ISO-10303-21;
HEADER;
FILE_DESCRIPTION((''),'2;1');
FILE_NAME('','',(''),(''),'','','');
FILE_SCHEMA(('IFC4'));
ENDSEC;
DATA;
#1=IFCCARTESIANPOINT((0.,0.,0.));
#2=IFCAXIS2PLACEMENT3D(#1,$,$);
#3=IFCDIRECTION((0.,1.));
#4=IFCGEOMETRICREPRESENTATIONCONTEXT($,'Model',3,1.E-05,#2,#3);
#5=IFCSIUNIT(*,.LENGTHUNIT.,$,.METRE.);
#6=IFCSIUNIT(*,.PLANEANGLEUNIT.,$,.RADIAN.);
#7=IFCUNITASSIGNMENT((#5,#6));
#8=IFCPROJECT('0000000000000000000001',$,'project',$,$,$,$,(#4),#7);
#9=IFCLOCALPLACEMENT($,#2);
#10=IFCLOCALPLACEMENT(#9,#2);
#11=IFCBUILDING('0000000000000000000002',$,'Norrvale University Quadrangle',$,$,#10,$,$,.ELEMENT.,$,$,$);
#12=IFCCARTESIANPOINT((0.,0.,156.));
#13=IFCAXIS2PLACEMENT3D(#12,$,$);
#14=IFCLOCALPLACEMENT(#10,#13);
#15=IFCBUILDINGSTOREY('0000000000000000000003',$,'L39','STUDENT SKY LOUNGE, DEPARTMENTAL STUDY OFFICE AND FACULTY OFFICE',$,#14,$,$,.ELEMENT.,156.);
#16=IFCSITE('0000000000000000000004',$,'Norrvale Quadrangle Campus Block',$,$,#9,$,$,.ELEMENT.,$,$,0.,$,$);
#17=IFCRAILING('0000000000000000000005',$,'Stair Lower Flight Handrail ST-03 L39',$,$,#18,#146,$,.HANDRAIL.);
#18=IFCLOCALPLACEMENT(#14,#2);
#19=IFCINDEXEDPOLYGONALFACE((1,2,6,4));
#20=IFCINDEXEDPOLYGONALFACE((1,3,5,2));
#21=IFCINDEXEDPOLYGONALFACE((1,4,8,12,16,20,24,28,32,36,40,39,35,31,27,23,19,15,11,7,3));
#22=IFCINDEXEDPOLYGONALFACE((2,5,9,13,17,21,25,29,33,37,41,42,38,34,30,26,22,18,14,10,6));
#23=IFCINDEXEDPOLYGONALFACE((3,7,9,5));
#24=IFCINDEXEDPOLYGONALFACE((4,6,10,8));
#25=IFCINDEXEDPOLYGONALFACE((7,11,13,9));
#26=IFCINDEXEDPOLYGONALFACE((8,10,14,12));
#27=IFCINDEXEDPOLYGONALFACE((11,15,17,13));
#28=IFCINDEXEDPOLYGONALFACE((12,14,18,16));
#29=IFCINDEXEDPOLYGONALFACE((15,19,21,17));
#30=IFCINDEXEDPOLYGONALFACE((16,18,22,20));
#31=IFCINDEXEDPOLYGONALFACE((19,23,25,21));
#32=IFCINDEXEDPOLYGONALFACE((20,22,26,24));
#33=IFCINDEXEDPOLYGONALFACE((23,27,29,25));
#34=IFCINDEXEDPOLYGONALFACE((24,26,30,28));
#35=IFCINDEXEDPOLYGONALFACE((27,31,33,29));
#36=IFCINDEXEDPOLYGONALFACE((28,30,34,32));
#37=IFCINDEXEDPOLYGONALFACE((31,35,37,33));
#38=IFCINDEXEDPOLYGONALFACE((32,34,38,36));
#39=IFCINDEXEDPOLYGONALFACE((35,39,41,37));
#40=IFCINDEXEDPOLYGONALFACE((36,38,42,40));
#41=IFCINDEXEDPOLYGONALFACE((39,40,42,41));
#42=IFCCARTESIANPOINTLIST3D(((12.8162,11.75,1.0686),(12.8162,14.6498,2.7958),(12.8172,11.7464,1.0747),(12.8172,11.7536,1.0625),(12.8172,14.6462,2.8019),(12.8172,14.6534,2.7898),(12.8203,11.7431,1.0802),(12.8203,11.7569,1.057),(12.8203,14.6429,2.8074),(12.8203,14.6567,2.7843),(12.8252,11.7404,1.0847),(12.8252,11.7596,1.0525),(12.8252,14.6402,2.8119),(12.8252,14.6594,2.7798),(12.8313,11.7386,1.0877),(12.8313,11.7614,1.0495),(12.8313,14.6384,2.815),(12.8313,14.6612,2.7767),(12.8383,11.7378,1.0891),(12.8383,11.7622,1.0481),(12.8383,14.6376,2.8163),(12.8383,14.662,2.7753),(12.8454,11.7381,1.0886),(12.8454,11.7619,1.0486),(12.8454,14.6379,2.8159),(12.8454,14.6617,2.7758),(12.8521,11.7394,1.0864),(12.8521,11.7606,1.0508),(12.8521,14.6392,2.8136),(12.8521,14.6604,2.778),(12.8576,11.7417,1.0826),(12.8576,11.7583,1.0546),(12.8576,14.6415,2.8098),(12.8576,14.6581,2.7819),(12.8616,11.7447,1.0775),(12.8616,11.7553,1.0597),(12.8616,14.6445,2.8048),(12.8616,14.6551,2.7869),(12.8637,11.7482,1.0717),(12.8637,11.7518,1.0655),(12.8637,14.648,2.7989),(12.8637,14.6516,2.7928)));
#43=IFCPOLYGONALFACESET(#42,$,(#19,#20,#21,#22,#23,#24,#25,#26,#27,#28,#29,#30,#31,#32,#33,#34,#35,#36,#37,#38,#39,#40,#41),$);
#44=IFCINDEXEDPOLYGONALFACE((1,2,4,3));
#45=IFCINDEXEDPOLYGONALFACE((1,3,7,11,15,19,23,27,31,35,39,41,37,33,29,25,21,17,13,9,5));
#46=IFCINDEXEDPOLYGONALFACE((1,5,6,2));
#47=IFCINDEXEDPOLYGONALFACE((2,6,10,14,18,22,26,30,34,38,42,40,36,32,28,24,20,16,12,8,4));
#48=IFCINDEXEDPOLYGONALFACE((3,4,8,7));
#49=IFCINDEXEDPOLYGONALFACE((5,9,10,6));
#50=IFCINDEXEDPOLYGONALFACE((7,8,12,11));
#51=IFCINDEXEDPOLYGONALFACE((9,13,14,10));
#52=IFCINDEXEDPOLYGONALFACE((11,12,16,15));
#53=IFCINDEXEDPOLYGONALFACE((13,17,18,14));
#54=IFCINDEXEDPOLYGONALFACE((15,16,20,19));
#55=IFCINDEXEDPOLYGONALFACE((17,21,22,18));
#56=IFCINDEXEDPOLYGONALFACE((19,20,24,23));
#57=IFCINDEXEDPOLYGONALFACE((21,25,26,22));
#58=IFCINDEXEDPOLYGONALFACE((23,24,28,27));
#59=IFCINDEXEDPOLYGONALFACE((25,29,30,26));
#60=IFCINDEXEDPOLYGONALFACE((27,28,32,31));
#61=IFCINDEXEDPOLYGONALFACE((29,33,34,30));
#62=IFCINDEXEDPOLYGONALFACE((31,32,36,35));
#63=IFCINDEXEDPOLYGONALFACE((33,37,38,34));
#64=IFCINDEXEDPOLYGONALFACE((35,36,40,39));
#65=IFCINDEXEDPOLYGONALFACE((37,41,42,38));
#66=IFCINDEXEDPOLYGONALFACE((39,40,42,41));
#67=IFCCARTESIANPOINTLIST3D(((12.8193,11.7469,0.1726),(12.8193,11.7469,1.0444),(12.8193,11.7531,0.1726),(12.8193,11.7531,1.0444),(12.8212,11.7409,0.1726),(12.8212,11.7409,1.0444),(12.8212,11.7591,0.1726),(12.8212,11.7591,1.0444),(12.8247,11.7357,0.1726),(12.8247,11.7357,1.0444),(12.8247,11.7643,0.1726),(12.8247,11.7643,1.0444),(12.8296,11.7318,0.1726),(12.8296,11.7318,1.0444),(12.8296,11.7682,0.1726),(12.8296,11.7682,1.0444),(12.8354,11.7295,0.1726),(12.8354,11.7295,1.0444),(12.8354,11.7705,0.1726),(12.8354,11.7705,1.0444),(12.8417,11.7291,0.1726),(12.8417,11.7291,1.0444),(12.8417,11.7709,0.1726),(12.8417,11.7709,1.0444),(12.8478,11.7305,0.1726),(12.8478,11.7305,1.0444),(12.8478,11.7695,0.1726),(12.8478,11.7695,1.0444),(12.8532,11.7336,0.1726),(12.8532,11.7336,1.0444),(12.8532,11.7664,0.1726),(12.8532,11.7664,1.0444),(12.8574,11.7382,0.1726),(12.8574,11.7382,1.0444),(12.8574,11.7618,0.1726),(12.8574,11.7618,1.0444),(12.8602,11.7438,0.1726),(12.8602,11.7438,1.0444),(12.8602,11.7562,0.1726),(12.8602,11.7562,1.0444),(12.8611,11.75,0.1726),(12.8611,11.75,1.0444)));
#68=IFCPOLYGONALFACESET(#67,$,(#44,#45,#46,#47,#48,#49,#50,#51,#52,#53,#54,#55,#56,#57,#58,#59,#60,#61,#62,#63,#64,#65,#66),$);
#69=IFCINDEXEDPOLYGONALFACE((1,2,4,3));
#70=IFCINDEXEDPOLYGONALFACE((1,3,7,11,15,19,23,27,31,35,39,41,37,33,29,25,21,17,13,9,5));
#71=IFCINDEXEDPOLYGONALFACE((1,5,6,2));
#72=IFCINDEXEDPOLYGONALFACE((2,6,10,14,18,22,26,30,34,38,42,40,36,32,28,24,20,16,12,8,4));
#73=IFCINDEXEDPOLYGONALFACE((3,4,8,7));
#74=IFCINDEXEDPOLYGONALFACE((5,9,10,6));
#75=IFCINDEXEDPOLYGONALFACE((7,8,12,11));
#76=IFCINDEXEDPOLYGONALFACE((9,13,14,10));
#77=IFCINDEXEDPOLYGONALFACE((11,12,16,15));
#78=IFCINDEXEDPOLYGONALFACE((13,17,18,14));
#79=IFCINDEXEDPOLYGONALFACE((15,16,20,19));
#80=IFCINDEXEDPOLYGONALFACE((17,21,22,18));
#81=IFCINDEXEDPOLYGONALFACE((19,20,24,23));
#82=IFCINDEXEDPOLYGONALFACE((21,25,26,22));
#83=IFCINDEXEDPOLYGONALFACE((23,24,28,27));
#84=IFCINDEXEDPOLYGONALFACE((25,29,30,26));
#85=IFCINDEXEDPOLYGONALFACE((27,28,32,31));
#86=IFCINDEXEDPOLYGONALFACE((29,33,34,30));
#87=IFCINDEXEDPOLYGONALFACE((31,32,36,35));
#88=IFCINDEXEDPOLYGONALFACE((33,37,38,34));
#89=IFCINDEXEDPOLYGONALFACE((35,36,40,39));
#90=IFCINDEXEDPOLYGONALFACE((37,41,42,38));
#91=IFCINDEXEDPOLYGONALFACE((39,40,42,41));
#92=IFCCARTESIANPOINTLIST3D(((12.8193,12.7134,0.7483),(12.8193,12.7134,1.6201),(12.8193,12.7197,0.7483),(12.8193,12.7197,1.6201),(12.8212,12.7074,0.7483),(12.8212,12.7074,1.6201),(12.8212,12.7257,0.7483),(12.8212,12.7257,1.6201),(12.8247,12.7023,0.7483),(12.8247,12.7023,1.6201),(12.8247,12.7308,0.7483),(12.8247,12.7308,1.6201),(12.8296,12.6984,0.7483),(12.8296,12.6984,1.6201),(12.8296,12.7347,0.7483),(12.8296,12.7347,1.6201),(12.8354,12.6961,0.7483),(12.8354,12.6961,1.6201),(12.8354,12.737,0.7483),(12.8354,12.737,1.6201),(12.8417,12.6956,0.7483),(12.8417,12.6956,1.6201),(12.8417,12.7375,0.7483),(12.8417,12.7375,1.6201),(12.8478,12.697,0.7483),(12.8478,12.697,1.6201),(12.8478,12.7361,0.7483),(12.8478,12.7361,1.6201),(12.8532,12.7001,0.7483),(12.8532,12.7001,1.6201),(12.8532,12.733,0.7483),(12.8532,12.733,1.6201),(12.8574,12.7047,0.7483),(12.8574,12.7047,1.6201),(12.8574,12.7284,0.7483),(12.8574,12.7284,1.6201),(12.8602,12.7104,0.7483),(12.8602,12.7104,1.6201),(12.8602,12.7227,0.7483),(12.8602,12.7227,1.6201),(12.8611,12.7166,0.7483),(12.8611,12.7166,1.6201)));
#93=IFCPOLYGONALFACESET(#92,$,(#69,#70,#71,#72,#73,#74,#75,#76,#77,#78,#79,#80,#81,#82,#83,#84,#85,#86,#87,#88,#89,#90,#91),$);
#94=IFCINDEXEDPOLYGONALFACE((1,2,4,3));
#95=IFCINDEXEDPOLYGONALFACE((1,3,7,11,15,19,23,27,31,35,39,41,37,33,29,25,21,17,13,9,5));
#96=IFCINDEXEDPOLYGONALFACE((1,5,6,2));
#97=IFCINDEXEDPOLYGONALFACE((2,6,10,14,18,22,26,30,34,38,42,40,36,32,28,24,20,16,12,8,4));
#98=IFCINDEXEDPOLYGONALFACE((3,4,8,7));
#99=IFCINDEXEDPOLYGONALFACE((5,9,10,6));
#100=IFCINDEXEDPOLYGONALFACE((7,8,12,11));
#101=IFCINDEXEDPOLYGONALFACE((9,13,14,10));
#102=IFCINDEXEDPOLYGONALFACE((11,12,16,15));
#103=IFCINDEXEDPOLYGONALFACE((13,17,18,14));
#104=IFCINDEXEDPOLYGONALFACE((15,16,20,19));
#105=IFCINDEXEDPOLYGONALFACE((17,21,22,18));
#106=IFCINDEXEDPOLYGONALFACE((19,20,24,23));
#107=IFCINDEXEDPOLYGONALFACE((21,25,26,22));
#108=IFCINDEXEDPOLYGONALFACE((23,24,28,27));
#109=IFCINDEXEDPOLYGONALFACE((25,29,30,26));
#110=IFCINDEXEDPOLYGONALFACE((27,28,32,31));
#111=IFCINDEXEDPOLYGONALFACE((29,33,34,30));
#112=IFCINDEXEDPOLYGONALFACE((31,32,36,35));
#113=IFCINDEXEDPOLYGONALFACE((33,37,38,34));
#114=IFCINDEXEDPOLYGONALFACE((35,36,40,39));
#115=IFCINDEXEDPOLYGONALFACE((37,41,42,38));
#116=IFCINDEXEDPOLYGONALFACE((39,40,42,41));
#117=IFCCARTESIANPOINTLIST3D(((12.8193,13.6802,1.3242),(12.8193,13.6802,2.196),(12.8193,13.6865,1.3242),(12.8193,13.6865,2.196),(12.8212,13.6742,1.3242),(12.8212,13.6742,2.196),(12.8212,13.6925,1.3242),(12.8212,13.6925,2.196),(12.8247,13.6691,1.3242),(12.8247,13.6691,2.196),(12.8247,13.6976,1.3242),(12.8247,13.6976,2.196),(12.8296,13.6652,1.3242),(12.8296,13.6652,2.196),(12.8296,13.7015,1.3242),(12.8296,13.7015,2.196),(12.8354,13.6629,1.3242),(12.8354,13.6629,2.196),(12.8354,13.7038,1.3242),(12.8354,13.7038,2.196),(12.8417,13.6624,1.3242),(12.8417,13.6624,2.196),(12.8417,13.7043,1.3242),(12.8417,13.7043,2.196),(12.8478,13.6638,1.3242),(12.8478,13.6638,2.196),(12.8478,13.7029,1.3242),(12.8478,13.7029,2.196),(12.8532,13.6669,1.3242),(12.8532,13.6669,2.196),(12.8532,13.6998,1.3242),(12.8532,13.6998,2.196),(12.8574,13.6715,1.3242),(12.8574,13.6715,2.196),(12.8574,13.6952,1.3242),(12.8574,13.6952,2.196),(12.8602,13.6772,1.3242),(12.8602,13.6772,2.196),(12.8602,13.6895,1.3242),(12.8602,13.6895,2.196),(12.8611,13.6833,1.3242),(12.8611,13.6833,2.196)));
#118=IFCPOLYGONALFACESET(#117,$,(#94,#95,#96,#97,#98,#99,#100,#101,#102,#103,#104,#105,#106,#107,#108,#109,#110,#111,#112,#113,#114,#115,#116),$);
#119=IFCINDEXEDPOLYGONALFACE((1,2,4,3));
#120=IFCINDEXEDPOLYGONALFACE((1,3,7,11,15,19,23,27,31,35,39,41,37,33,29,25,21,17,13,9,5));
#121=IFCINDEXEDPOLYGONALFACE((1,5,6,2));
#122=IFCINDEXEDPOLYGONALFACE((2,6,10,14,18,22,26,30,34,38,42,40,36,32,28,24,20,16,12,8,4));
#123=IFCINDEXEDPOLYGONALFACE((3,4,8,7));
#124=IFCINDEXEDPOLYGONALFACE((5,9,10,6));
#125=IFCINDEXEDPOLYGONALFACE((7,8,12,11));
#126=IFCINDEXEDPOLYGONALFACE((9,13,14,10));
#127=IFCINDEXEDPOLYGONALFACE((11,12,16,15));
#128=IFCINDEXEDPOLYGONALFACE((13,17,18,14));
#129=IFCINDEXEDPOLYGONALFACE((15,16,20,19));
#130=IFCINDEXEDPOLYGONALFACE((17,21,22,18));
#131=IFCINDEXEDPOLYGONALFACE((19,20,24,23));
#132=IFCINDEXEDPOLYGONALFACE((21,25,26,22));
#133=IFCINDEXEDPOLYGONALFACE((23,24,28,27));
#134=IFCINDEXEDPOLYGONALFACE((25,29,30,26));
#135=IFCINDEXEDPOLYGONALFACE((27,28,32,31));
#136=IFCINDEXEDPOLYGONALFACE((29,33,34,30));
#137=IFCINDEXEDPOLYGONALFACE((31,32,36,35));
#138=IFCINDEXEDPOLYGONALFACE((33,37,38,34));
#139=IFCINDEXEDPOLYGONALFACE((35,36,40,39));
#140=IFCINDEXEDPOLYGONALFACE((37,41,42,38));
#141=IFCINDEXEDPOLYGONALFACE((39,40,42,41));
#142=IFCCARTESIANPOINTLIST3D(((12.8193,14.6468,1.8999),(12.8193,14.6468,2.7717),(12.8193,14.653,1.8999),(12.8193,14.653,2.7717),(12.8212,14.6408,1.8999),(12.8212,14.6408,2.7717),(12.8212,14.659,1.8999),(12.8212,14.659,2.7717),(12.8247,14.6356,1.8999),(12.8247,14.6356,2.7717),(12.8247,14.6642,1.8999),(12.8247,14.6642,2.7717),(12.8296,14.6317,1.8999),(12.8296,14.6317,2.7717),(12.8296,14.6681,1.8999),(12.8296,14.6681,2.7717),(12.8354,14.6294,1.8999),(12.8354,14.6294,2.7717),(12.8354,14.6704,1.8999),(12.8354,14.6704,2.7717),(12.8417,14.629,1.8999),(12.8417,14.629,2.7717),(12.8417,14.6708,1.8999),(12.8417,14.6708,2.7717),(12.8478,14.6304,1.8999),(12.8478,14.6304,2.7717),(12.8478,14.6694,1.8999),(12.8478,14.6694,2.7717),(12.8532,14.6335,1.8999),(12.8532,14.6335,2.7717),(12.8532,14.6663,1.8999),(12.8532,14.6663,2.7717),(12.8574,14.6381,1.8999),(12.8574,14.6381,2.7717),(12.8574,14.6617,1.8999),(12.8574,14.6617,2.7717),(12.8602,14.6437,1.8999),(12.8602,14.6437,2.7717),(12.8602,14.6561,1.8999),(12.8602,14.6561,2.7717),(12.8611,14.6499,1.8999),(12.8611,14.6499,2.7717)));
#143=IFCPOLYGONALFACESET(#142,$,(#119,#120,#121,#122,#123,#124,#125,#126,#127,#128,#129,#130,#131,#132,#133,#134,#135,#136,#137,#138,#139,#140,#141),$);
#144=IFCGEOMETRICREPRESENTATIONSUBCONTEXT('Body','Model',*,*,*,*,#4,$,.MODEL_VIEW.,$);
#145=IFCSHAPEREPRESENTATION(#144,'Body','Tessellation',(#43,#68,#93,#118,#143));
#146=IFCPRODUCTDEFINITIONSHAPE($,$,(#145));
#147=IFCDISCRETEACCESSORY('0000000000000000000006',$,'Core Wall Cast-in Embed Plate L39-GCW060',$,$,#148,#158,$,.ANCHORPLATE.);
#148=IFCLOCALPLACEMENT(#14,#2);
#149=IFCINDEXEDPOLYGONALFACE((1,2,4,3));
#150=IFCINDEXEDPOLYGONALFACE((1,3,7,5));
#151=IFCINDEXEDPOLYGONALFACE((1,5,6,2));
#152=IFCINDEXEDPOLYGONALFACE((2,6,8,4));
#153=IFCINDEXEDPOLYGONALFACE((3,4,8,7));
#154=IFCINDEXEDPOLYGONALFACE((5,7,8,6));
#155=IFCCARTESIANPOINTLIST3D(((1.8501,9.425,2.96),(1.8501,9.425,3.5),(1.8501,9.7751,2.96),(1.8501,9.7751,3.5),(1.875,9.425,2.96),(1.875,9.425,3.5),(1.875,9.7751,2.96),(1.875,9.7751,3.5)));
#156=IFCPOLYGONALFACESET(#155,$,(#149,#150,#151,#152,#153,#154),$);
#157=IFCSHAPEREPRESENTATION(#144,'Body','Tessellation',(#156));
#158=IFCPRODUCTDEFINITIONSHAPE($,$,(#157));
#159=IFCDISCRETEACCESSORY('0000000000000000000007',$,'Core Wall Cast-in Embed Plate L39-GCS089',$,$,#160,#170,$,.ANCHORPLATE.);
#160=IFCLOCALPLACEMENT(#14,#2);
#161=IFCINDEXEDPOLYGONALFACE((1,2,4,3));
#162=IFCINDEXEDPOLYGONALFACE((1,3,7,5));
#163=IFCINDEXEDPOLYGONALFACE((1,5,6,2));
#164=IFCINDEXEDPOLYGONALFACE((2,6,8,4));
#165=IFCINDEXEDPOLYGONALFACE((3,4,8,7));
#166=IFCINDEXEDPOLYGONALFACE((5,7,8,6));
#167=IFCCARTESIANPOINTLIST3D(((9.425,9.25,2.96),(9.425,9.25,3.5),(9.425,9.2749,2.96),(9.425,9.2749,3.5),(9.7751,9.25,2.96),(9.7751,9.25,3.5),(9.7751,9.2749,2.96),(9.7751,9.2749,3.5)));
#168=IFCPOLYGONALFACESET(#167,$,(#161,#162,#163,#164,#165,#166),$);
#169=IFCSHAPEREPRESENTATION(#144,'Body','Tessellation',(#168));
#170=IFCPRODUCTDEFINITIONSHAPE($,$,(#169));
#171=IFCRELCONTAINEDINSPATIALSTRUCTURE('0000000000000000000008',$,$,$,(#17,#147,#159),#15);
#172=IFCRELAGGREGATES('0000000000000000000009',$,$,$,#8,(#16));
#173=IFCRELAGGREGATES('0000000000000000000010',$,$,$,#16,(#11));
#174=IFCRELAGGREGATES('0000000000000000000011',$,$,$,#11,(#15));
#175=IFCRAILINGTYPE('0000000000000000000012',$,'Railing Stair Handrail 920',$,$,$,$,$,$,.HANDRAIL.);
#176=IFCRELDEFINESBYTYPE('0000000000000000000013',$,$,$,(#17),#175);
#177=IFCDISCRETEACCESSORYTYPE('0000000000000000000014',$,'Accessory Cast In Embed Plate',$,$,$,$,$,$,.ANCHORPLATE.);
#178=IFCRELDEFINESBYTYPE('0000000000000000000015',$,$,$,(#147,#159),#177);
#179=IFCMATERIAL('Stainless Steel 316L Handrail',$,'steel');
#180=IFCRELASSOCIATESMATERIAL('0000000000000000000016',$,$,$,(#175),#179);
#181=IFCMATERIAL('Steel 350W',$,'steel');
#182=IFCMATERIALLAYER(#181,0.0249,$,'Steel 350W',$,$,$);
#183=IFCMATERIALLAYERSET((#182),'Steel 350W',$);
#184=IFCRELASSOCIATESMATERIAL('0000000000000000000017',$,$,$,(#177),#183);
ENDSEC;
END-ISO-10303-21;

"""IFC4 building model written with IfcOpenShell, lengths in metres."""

from ifc_helpers import new_model, si_unit, direction, frame, origin, origin_2d, place, context, subcontext, project, spatial, rectangle, circle, extrude, material, layer, layer_set, type_object, element, save


model = new_model("IFC4")

# Units and contexts
model_context = context("Model", 3, precision=1e-05, world=origin(), true_north=direction((0.0, 1.0)))
body_context = subcontext(model_context, "Body", "Model", "MODEL_VIEW")
ifc_project = project(units=[si_unit("LENGTHUNIT", "METRE"), si_unit("PLANEANGLEUNIT", "RADIAN")], contexts=[model_context])

# Site, building, storey
site_placement = place(None, origin())
site = spatial("IfcSite", under=ifc_project, at=site_placement, Name="Norrvale Quadrangle Campus Block", CompositionType="ELEMENT", RefElevation=0.0)
building_placement = place(site_placement, origin())
building = spatial("IfcBuilding", under=site, at=building_placement, Name="Norrvale University Quadrangle", CompositionType="ELEMENT")
storey_placement = place(building_placement, frame((0.0, 0.0, 156.0)))
storey = spatial("IfcBuildingStorey", under=building, at=storey_placement, Name="L39", Description="STUDENT SKY LOUNGE, DEPARTMENTAL STUDY OFFICE AND FACULTY OFFICE", CompositionType="ELEMENT", Elevation=156.0)

# Shared definitions
ifc_material_1 = material(Name="Steel 350W", Category="steel")

# Railing
ifc_material_2 = material(Name="Stainless Steel 316L Handrail", Category="steel")
railing_type_1 = type_object("IfcRailingType", Name="Railing Stair Handrail 920", PredefinedType="HANDRAIL", material=ifc_material_2)
for number, where, name in (
    (1, (12.8401, 11.75, 0.1726), "Stair Lower Flight Handrail ST-03 L39"),
):
    element("IfcRailing", number, at=place(storey_placement, frame(where)), inside=storey, type_object=railing_type_1, Name=name, PredefinedType="HANDRAIL", context=body_context, shape_type="SweptSolid", body=[
        extrude(circle(Radius=0.0239, at=origin_2d()), frame((0.0, 0.0, 0.896), z_axis=(0.0, 0.859141, 0.511738), x_axis=(-1.0, 0.0, 0.0)), (0.0, 0.0, 1.0), 3.3752),
        extrude(circle(Radius=0.021, at=origin_2d()), origin(), (0.0, 0.0, 1.0), 0.8718),
        extrude(circle(Radius=0.021, at=origin_2d()), frame((0.0, 0.9666, 0.5757)), (0.0, 0.0, 1.0), 0.8718),
        extrude(circle(Radius=0.021, at=origin_2d()), frame((0.0, 1.9333, 1.1516)), (0.0, 0.0, 1.0), 0.8718),
        extrude(circle(Radius=0.021, at=origin_2d()), frame((0.0, 2.8999, 1.7273)), (0.0, 0.0, 1.0), 0.8718),
    ])

# Discrete accessories
ifc_layer_1 = layer(ifc_material_1, 0.0249, Name="Steel 350W")
ifc_layer_set_1 = layer_set([ifc_layer_1], Name="Steel 350W")
discrete_accessory_type = type_object("IfcDiscreteAccessoryType", Name="Accessory Cast In Embed Plate", PredefinedType="ANCHORPLATE", material=ifc_layer_set_1)
discrete_accessory_1_placement = place(storey_placement, frame((1.8625, 9.6001, 2.96), z_axis=(0.0, 0.0, 1.0), x_axis=(1.0, 0.0, 0.0)))
element("IfcDiscreteAccessory", 2, at=discrete_accessory_1_placement, inside=storey, type_object=discrete_accessory_type, Name="Core Wall Cast-in Embed Plate L39-GCW060", PredefinedType="ANCHORPLATE", context=body_context, shape_type="SweptSolid", body=[
    extrude(rectangle(XDim=0.0249, YDim=0.3501, at=origin_2d()), origin(), (0.0, 0.0, 1.0), 0.54),
])
discrete_accessory_2_placement = place(storey_placement, frame((9.6001, 9.2625, 2.96), z_axis=(0.0, 0.0, 1.0), x_axis=(1.0, 0.0, 0.0)))
element("IfcDiscreteAccessory", 3, at=discrete_accessory_2_placement, inside=storey, type_object=discrete_accessory_type, Name="Core Wall Cast-in Embed Plate L39-GCS089", PredefinedType="ANCHORPLATE", context=body_context, shape_type="SweptSolid", body=[
    extrude(rectangle(XDim=0.3501, YDim=0.0249, at=origin_2d()), origin(), (0.0, 0.0, 1.0), 0.54),
])

save(model, "model.ifc")
